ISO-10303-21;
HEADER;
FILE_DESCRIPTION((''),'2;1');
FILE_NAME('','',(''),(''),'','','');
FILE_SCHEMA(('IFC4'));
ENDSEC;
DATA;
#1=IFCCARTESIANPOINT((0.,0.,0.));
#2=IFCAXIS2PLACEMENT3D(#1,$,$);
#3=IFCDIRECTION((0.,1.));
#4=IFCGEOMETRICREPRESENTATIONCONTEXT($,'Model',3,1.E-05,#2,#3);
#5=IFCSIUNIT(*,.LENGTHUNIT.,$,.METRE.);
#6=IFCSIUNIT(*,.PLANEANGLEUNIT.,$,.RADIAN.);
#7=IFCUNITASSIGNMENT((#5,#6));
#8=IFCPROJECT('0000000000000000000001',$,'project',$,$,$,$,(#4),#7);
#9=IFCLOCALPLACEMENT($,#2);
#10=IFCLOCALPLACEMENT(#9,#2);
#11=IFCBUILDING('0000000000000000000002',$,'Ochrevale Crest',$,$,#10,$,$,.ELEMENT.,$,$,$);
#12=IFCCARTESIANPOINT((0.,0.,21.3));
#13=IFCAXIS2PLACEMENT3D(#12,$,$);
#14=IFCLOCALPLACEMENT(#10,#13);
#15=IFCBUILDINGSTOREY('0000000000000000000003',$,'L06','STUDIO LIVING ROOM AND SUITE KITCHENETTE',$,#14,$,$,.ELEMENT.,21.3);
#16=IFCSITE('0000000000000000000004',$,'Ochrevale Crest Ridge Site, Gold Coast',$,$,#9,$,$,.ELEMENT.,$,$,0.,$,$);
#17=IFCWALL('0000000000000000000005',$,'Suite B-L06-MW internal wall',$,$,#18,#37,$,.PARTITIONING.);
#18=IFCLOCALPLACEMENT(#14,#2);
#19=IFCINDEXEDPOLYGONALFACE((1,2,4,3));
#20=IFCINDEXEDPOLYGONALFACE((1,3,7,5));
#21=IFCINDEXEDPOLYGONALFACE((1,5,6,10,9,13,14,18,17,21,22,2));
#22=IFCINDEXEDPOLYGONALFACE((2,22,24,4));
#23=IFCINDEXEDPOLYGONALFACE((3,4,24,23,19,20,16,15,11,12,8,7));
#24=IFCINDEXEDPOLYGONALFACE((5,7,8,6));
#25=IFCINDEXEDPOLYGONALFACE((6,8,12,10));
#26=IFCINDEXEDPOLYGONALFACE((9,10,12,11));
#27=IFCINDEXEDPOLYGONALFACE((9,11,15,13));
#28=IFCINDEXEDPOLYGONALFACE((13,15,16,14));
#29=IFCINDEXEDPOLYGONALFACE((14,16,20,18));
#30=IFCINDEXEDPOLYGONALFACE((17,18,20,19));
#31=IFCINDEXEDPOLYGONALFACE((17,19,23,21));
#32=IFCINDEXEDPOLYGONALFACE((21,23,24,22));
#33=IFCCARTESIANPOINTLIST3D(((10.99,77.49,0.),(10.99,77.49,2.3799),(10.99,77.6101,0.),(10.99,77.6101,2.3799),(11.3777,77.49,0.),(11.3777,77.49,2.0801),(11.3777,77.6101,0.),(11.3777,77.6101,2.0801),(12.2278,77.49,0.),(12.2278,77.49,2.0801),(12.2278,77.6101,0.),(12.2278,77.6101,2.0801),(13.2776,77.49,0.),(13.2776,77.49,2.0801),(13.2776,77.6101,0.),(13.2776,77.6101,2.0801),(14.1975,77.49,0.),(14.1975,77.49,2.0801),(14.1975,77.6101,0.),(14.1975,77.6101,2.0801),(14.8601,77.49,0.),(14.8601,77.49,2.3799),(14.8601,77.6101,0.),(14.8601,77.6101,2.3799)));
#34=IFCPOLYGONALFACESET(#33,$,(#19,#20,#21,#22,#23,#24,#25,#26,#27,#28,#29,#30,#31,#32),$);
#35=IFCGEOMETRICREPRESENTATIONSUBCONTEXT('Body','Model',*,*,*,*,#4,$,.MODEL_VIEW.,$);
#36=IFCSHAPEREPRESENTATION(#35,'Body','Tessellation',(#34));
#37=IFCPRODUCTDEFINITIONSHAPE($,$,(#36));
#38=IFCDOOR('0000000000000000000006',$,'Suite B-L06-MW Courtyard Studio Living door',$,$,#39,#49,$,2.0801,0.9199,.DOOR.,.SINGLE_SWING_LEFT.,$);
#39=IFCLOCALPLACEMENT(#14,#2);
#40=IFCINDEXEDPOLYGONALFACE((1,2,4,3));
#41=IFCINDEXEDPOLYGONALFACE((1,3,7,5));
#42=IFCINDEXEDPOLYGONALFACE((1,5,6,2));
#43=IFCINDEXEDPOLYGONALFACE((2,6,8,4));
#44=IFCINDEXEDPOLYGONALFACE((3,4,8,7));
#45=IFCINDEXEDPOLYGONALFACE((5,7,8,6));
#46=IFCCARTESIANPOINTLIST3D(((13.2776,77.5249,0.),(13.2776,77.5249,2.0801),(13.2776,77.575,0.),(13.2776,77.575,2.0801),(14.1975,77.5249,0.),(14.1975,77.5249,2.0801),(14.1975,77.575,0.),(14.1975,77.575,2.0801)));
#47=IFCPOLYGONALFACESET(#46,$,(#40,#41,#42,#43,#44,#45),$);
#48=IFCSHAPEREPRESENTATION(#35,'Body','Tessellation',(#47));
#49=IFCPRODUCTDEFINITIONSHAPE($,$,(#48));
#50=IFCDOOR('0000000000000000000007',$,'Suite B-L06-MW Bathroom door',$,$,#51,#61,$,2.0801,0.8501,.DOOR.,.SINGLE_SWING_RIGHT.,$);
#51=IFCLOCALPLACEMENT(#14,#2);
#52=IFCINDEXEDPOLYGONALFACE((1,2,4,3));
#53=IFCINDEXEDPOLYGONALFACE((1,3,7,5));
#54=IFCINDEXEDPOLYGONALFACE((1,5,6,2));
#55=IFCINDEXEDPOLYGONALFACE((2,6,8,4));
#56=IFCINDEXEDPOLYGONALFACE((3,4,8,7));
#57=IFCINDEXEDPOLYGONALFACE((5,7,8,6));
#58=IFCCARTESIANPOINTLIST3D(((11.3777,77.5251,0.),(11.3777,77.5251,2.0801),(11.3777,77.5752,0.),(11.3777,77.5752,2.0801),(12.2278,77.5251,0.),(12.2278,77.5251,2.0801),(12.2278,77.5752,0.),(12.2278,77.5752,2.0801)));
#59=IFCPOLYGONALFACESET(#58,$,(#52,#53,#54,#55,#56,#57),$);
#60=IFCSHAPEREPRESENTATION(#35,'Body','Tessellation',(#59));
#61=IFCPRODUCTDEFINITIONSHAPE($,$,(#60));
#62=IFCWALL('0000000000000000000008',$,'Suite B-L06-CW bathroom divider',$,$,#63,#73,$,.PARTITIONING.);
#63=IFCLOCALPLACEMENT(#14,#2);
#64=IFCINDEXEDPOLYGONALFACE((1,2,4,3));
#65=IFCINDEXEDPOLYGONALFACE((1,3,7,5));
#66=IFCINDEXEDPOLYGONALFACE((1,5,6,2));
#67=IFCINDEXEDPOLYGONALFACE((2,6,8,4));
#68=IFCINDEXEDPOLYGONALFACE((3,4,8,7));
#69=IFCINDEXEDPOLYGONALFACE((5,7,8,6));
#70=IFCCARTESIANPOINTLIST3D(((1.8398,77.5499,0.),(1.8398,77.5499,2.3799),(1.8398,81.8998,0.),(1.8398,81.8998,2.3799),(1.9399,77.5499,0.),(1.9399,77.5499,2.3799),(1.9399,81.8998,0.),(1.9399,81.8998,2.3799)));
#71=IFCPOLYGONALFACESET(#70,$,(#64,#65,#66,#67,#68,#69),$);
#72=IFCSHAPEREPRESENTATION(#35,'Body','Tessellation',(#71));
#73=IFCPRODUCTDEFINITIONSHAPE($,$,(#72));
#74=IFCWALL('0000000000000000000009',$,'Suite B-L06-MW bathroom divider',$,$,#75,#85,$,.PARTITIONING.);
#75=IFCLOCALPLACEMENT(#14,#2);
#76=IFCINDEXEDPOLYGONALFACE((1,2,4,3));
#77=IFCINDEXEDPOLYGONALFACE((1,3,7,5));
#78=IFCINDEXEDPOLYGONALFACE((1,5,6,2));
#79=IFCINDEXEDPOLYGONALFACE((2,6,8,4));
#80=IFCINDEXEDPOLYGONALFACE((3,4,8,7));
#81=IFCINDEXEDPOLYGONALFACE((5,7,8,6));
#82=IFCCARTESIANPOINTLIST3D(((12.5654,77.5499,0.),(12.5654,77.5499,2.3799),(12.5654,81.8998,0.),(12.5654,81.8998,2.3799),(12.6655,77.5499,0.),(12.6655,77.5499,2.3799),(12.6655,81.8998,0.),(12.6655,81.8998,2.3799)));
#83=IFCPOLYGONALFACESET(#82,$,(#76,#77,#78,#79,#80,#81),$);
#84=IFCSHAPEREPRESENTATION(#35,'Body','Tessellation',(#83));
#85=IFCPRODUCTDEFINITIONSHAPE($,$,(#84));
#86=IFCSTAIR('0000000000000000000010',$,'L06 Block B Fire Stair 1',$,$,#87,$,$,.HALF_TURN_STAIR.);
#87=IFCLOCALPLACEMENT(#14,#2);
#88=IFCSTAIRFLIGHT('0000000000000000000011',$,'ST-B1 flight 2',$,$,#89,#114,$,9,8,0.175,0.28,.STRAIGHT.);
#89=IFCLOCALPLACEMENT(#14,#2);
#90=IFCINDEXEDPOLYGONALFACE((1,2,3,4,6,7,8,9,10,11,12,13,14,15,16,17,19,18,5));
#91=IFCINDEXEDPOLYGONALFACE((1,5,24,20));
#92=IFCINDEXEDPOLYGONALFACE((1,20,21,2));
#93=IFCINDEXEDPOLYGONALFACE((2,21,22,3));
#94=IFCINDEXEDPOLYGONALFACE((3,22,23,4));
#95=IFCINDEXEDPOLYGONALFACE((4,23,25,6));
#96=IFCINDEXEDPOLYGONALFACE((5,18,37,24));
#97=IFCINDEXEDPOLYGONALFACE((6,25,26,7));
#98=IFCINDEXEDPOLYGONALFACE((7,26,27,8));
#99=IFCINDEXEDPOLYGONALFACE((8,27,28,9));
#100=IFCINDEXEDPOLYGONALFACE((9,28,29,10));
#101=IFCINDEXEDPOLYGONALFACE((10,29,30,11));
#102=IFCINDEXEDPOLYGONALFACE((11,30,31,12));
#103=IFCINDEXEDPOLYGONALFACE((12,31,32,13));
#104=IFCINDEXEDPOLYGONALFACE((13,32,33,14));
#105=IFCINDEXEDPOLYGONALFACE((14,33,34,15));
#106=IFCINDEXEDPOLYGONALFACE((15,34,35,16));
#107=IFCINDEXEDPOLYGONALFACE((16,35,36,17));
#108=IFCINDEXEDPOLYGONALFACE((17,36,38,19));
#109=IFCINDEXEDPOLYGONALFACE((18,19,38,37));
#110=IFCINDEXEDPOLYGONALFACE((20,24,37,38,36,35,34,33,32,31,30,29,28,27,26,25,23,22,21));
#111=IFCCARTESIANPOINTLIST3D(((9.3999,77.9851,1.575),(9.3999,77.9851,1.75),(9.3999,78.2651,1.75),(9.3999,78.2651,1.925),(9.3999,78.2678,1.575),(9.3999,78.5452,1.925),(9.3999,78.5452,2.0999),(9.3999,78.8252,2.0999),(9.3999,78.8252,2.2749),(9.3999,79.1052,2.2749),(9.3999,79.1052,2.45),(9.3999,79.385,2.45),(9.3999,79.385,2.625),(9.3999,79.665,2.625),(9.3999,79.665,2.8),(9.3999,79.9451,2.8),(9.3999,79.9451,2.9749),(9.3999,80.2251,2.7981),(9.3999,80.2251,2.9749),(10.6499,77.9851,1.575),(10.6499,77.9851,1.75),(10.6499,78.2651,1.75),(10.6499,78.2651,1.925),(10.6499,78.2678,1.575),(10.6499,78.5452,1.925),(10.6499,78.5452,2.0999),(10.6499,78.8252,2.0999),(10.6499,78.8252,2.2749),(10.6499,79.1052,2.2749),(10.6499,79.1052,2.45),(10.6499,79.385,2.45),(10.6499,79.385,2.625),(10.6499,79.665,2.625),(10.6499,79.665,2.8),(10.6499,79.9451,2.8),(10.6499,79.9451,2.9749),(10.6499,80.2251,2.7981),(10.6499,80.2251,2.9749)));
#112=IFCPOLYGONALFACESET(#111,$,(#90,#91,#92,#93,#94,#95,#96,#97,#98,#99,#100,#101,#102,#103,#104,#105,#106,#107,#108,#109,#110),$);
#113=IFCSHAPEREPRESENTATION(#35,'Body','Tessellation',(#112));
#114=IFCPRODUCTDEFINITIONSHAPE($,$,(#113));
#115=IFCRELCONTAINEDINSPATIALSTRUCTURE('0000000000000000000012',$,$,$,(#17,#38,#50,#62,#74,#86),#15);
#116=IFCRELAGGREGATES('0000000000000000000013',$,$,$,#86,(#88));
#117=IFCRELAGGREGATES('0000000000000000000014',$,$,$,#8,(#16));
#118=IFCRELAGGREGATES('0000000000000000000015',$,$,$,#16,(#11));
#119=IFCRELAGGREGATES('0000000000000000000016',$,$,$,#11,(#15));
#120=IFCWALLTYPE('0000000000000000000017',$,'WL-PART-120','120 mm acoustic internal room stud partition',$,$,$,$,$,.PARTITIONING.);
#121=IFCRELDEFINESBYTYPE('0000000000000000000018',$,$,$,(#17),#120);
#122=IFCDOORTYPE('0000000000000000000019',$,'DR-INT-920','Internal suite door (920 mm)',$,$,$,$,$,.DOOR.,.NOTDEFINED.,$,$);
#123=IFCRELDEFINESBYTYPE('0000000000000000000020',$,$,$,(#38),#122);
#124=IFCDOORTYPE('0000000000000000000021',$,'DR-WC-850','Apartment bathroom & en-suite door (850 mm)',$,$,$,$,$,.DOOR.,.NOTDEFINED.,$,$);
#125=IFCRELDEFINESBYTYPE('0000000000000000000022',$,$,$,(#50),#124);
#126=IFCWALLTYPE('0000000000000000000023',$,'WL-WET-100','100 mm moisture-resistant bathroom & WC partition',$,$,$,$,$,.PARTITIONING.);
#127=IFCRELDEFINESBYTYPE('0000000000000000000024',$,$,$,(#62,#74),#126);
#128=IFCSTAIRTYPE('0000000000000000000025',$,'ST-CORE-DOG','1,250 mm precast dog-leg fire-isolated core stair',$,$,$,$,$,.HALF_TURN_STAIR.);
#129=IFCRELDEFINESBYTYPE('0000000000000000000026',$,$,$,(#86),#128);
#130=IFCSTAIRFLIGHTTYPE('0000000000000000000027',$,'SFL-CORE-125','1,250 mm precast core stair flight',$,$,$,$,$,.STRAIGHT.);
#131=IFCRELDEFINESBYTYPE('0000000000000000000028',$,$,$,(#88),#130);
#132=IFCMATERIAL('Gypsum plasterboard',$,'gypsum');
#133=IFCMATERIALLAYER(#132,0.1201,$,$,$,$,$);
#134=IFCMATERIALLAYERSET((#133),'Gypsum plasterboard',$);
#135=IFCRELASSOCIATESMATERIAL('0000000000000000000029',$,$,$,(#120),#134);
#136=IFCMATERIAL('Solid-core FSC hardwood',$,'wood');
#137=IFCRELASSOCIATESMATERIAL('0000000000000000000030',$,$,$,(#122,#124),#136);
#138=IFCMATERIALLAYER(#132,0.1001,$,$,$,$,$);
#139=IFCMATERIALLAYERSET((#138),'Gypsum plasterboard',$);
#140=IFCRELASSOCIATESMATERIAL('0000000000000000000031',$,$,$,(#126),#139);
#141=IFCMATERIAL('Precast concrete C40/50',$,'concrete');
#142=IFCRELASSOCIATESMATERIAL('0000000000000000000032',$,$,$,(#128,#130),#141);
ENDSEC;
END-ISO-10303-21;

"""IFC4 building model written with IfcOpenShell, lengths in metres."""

from ifc_helpers import new_model, si_unit, direction, frame, frame_2d, origin, place, context, subcontext, project, spatial, polyline, rectangle, outline, extrude, material, layer, layer_set, type_object, element, fill, aggregate, save


model = new_model("IFC4")

# Units and contexts
model_context = context("Model", 3, precision=1e-05, world=origin(), true_north=direction((0.0, 1.0)))
body_context = subcontext(model_context, "Body", "Model", "MODEL_VIEW")
ifc_project = project(units=[si_unit("LENGTHUNIT", "METRE"), si_unit("PLANEANGLEUNIT", "RADIAN")], contexts=[model_context])

# Site, building, storey
site_placement = place(None, origin())
site = spatial("IfcSite", under=ifc_project, at=site_placement, Name="Ochrevale Crest Ridge Site, Gold Coast", CompositionType="ELEMENT", RefElevation=0.0)
building_placement = place(site_placement, origin())
building = spatial("IfcBuilding", under=site, at=building_placement, Name="Ochrevale Crest", CompositionType="ELEMENT")
storey_placement = place(building_placement, frame((0.0, 0.0, 21.3)))
storey = spatial("IfcBuildingStorey", under=building, at=storey_placement, Name="L06", Description="STUDIO LIVING ROOM AND SUITE KITCHENETTE", CompositionType="ELEMENT", Elevation=21.3)

# Wall, openings, doors
ifc_material_1 = material(Name="Gypsum plasterboard", Category="gypsum")
ifc_layer_1 = layer(ifc_material_1, 0.1201)
ifc_layer_set_1 = layer_set([ifc_layer_1], Name="Gypsum plasterboard")
wall_type_1 = type_object("IfcWallType", Name="WL-PART-120", Description="120 mm acoustic internal room stud partition", PredefinedType="PARTITIONING", material=ifc_layer_set_1)
wall_1_placement = place(storey_placement, frame((10.99, 77.55, 0.0), z_axis=(0.0, 0.0, 1.0), x_axis=(1.0, 0.0, 0.0)))
wall_1 = element("IfcWall", 1, at=wall_1_placement, inside=storey, type_object=wall_type_1, Name="Suite B-L06-MW internal wall", PredefinedType="PARTITIONING", context=body_context, shape_type="SweptSolid", body=[
    extrude(rectangle(XDim=3.8701, YDim=0.1201, at=frame_2d((1.9351, 0.0))), origin(), (0.0, 0.0, 1.0), 2.3799),
])
opening_1_placement = place(wall_1_placement, frame((1.2378, 0.0, 0.0), z_axis=(0.0, 0.0, 1.0), x_axis=(-1.0, 0.0, 0.0)))
opening_1 = element("IfcOpeningElement", 2, at=opening_1_placement, cuts=wall_1, PredefinedType="OPENING", context=body_context, shape_type="SweptSolid", body=[
    extrude(rectangle(XDim=0.8501, YDim=2.0801, at=frame_2d((0.425, 1.04))), frame((0.0, 0.0701, 0.0), z_axis=(0.0, -1.0, 0.0), x_axis=(1.0, 0.0, 0.0)), (0.0, 0.0, 1.0), 0.1401),
])
opening_2_placement = place(wall_1_placement, frame((2.2876, 0.0, 0.0)))
opening_2 = element("IfcOpeningElement", 3, at=opening_2_placement, cuts=wall_1, PredefinedType="OPENING", context=body_context, shape_type="SweptSolid", body=[
    extrude(rectangle(XDim=0.9199, YDim=2.0801, at=frame_2d((0.46, 1.04))), frame((0.0, 0.0701, 0.0), z_axis=(0.0, -1.0, 0.0), x_axis=(1.0, 0.0, 0.0)), (0.0, 0.0, 1.0), 0.1401),
])
ifc_material_2 = material(Name="Solid-core FSC hardwood", Category="wood")
door_type_1 = type_object("IfcDoorType", Name="DR-INT-920", Description="Internal suite door (920 mm)", OperationType="NOTDEFINED", PredefinedType="DOOR", material=ifc_material_2)
door_1_placement = place(opening_2_placement, origin())
door_1 = element("IfcDoor", 4, at=door_1_placement, inside=storey, type_object=door_type_1, Name="Suite B-L06-MW Courtyard Studio Living door", OperationType="SINGLE_SWING_LEFT", OverallHeight=2.0801, OverallWidth=0.9199, PredefinedType="DOOR", context=body_context, shape_type="SweptSolid", body=[
    extrude(rectangle(XDim=0.9199, YDim=2.0801, at=frame_2d((0.46, 1.04))), frame((0.0, 0.0249, 0.0), z_axis=(0.0, -1.0, 0.0), x_axis=(1.0, 0.0, 0.0)), (0.0, 0.0, 1.0), 0.05),
])
fill(opening_2, door_1)
door_type_2 = type_object("IfcDoorType", Name="DR-WC-850", Description="Apartment bathroom & en-suite door (850 mm)", OperationType="NOTDEFINED", PredefinedType="DOOR", material=ifc_material_2)
door_2_placement = place(opening_1_placement, origin())
door_2 = element("IfcDoor", 5, at=door_2_placement, inside=storey, type_object=door_type_2, Name="Suite B-L06-MW Bathroom door", OperationType="SINGLE_SWING_RIGHT", OverallHeight=2.0801, OverallWidth=0.8501, PredefinedType="DOOR", context=body_context, shape_type="SweptSolid", body=[
    extrude(rectangle(XDim=0.8501, YDim=2.0801, at=frame_2d((0.425, 1.04))), frame((0.0, 0.0249, 0.0), z_axis=(0.0, -1.0, 0.0), x_axis=(1.0, 0.0, 0.0)), (0.0, 0.0, 1.0), 0.05),
])
fill(opening_1, door_2)

# Walls
ifc_layer_2 = layer(ifc_material_1, 0.1001)
ifc_layer_set_2 = layer_set([ifc_layer_2], Name="Gypsum plasterboard")
wall_type_2 = type_object("IfcWallType", Name="WL-WET-100", Description="100 mm moisture-resistant bathroom & WC partition", PredefinedType="PARTITIONING", material=ifc_layer_set_2)
for number, where, z_axis, x_axis, name in (
    (6, (1.8899, 77.55, 0.0), (0.0, 0.0, 1.0), (0.0, 1.0, 0.0), "Suite B-L06-CW bathroom divider"),
    (7, (12.6155, 77.55, 0.0), (0.0, 0.0, 1.0), (0.0, 1.0, 0.0), "Suite B-L06-MW bathroom divider"),
):
    element("IfcWall", number, at=place(storey_placement, frame(where, z_axis=z_axis, x_axis=x_axis)), inside=storey, type_object=wall_type_2, Name=name, PredefinedType="PARTITIONING", context=body_context, shape_type="SweptSolid", body=[
        extrude(rectangle(XDim=4.3499, YDim=0.1001, at=frame_2d((2.1748, 0.0))), origin(), (0.0, 0.0, 1.0), 2.3799),
    ])

# Stair, stair flight
ifc_material_3 = material(Name="Precast concrete C40/50", Category="concrete")
stair_type = type_object("IfcStairType", Name="ST-CORE-DOG", Description="1,250 mm precast dog-leg fire-isolated core stair", PredefinedType="HALF_TURN_STAIR", material=ifc_material_3)
stair_placement = place(storey_placement, origin())
stair = element("IfcStair", 8, at=stair_placement, inside=storey, type_object=stair_type, Name="L06 Block B Fire Stair 1", PredefinedType="HALF_TURN_STAIR")
stair_flight_type = type_object("IfcStairFlightType", Name="SFL-CORE-125", Description="1,250 mm precast core stair flight", PredefinedType="STRAIGHT", material=ifc_material_3)
stair_flight_placement = place(storey_placement, frame((10.0249, 77.9851, 1.575), z_axis=(0.0, 0.0, 1.0), x_axis=(0.0, 1.0, 0.0)))
stair_flight = element("IfcStairFlight", 9, at=stair_flight_placement, type_object=stair_flight_type, Name="ST-B1 flight 2", NumberOfRisers=9, NumberOfTreads=8, PredefinedType="STRAIGHT", RiserHeight=0.175, TreadLength=0.28, context=body_context, shape_type="SweptSolid", body=[
    extrude(outline(polyline([(0.0, 0.0), (0.0, 0.175), (0.28, 0.175), (0.28, 0.3501), (0.5601, 0.3501), (0.5601, 0.5249), (0.8401, 0.5249), (0.8401, 0.7), (1.1201, 0.7), (1.1201, 0.875), (1.3999, 0.875), (1.3999, 1.05), (1.6799, 1.05), (1.6799, 1.2251), (1.96, 1.2251), (1.96, 1.3999), (2.24, 1.3999), (2.24, 1.575), (2.24, 1.2231), (0.2827, 0.0), (0.0, 0.0)])), frame((0.0, 0.625, 0.0), z_axis=(0.0, -1.0, 0.0), x_axis=(1.0, 0.0, 0.0)), (0.0, 0.0, 1.0), 1.25),
])
aggregate(stair, [stair_flight])

save(model, "model.ifc")
